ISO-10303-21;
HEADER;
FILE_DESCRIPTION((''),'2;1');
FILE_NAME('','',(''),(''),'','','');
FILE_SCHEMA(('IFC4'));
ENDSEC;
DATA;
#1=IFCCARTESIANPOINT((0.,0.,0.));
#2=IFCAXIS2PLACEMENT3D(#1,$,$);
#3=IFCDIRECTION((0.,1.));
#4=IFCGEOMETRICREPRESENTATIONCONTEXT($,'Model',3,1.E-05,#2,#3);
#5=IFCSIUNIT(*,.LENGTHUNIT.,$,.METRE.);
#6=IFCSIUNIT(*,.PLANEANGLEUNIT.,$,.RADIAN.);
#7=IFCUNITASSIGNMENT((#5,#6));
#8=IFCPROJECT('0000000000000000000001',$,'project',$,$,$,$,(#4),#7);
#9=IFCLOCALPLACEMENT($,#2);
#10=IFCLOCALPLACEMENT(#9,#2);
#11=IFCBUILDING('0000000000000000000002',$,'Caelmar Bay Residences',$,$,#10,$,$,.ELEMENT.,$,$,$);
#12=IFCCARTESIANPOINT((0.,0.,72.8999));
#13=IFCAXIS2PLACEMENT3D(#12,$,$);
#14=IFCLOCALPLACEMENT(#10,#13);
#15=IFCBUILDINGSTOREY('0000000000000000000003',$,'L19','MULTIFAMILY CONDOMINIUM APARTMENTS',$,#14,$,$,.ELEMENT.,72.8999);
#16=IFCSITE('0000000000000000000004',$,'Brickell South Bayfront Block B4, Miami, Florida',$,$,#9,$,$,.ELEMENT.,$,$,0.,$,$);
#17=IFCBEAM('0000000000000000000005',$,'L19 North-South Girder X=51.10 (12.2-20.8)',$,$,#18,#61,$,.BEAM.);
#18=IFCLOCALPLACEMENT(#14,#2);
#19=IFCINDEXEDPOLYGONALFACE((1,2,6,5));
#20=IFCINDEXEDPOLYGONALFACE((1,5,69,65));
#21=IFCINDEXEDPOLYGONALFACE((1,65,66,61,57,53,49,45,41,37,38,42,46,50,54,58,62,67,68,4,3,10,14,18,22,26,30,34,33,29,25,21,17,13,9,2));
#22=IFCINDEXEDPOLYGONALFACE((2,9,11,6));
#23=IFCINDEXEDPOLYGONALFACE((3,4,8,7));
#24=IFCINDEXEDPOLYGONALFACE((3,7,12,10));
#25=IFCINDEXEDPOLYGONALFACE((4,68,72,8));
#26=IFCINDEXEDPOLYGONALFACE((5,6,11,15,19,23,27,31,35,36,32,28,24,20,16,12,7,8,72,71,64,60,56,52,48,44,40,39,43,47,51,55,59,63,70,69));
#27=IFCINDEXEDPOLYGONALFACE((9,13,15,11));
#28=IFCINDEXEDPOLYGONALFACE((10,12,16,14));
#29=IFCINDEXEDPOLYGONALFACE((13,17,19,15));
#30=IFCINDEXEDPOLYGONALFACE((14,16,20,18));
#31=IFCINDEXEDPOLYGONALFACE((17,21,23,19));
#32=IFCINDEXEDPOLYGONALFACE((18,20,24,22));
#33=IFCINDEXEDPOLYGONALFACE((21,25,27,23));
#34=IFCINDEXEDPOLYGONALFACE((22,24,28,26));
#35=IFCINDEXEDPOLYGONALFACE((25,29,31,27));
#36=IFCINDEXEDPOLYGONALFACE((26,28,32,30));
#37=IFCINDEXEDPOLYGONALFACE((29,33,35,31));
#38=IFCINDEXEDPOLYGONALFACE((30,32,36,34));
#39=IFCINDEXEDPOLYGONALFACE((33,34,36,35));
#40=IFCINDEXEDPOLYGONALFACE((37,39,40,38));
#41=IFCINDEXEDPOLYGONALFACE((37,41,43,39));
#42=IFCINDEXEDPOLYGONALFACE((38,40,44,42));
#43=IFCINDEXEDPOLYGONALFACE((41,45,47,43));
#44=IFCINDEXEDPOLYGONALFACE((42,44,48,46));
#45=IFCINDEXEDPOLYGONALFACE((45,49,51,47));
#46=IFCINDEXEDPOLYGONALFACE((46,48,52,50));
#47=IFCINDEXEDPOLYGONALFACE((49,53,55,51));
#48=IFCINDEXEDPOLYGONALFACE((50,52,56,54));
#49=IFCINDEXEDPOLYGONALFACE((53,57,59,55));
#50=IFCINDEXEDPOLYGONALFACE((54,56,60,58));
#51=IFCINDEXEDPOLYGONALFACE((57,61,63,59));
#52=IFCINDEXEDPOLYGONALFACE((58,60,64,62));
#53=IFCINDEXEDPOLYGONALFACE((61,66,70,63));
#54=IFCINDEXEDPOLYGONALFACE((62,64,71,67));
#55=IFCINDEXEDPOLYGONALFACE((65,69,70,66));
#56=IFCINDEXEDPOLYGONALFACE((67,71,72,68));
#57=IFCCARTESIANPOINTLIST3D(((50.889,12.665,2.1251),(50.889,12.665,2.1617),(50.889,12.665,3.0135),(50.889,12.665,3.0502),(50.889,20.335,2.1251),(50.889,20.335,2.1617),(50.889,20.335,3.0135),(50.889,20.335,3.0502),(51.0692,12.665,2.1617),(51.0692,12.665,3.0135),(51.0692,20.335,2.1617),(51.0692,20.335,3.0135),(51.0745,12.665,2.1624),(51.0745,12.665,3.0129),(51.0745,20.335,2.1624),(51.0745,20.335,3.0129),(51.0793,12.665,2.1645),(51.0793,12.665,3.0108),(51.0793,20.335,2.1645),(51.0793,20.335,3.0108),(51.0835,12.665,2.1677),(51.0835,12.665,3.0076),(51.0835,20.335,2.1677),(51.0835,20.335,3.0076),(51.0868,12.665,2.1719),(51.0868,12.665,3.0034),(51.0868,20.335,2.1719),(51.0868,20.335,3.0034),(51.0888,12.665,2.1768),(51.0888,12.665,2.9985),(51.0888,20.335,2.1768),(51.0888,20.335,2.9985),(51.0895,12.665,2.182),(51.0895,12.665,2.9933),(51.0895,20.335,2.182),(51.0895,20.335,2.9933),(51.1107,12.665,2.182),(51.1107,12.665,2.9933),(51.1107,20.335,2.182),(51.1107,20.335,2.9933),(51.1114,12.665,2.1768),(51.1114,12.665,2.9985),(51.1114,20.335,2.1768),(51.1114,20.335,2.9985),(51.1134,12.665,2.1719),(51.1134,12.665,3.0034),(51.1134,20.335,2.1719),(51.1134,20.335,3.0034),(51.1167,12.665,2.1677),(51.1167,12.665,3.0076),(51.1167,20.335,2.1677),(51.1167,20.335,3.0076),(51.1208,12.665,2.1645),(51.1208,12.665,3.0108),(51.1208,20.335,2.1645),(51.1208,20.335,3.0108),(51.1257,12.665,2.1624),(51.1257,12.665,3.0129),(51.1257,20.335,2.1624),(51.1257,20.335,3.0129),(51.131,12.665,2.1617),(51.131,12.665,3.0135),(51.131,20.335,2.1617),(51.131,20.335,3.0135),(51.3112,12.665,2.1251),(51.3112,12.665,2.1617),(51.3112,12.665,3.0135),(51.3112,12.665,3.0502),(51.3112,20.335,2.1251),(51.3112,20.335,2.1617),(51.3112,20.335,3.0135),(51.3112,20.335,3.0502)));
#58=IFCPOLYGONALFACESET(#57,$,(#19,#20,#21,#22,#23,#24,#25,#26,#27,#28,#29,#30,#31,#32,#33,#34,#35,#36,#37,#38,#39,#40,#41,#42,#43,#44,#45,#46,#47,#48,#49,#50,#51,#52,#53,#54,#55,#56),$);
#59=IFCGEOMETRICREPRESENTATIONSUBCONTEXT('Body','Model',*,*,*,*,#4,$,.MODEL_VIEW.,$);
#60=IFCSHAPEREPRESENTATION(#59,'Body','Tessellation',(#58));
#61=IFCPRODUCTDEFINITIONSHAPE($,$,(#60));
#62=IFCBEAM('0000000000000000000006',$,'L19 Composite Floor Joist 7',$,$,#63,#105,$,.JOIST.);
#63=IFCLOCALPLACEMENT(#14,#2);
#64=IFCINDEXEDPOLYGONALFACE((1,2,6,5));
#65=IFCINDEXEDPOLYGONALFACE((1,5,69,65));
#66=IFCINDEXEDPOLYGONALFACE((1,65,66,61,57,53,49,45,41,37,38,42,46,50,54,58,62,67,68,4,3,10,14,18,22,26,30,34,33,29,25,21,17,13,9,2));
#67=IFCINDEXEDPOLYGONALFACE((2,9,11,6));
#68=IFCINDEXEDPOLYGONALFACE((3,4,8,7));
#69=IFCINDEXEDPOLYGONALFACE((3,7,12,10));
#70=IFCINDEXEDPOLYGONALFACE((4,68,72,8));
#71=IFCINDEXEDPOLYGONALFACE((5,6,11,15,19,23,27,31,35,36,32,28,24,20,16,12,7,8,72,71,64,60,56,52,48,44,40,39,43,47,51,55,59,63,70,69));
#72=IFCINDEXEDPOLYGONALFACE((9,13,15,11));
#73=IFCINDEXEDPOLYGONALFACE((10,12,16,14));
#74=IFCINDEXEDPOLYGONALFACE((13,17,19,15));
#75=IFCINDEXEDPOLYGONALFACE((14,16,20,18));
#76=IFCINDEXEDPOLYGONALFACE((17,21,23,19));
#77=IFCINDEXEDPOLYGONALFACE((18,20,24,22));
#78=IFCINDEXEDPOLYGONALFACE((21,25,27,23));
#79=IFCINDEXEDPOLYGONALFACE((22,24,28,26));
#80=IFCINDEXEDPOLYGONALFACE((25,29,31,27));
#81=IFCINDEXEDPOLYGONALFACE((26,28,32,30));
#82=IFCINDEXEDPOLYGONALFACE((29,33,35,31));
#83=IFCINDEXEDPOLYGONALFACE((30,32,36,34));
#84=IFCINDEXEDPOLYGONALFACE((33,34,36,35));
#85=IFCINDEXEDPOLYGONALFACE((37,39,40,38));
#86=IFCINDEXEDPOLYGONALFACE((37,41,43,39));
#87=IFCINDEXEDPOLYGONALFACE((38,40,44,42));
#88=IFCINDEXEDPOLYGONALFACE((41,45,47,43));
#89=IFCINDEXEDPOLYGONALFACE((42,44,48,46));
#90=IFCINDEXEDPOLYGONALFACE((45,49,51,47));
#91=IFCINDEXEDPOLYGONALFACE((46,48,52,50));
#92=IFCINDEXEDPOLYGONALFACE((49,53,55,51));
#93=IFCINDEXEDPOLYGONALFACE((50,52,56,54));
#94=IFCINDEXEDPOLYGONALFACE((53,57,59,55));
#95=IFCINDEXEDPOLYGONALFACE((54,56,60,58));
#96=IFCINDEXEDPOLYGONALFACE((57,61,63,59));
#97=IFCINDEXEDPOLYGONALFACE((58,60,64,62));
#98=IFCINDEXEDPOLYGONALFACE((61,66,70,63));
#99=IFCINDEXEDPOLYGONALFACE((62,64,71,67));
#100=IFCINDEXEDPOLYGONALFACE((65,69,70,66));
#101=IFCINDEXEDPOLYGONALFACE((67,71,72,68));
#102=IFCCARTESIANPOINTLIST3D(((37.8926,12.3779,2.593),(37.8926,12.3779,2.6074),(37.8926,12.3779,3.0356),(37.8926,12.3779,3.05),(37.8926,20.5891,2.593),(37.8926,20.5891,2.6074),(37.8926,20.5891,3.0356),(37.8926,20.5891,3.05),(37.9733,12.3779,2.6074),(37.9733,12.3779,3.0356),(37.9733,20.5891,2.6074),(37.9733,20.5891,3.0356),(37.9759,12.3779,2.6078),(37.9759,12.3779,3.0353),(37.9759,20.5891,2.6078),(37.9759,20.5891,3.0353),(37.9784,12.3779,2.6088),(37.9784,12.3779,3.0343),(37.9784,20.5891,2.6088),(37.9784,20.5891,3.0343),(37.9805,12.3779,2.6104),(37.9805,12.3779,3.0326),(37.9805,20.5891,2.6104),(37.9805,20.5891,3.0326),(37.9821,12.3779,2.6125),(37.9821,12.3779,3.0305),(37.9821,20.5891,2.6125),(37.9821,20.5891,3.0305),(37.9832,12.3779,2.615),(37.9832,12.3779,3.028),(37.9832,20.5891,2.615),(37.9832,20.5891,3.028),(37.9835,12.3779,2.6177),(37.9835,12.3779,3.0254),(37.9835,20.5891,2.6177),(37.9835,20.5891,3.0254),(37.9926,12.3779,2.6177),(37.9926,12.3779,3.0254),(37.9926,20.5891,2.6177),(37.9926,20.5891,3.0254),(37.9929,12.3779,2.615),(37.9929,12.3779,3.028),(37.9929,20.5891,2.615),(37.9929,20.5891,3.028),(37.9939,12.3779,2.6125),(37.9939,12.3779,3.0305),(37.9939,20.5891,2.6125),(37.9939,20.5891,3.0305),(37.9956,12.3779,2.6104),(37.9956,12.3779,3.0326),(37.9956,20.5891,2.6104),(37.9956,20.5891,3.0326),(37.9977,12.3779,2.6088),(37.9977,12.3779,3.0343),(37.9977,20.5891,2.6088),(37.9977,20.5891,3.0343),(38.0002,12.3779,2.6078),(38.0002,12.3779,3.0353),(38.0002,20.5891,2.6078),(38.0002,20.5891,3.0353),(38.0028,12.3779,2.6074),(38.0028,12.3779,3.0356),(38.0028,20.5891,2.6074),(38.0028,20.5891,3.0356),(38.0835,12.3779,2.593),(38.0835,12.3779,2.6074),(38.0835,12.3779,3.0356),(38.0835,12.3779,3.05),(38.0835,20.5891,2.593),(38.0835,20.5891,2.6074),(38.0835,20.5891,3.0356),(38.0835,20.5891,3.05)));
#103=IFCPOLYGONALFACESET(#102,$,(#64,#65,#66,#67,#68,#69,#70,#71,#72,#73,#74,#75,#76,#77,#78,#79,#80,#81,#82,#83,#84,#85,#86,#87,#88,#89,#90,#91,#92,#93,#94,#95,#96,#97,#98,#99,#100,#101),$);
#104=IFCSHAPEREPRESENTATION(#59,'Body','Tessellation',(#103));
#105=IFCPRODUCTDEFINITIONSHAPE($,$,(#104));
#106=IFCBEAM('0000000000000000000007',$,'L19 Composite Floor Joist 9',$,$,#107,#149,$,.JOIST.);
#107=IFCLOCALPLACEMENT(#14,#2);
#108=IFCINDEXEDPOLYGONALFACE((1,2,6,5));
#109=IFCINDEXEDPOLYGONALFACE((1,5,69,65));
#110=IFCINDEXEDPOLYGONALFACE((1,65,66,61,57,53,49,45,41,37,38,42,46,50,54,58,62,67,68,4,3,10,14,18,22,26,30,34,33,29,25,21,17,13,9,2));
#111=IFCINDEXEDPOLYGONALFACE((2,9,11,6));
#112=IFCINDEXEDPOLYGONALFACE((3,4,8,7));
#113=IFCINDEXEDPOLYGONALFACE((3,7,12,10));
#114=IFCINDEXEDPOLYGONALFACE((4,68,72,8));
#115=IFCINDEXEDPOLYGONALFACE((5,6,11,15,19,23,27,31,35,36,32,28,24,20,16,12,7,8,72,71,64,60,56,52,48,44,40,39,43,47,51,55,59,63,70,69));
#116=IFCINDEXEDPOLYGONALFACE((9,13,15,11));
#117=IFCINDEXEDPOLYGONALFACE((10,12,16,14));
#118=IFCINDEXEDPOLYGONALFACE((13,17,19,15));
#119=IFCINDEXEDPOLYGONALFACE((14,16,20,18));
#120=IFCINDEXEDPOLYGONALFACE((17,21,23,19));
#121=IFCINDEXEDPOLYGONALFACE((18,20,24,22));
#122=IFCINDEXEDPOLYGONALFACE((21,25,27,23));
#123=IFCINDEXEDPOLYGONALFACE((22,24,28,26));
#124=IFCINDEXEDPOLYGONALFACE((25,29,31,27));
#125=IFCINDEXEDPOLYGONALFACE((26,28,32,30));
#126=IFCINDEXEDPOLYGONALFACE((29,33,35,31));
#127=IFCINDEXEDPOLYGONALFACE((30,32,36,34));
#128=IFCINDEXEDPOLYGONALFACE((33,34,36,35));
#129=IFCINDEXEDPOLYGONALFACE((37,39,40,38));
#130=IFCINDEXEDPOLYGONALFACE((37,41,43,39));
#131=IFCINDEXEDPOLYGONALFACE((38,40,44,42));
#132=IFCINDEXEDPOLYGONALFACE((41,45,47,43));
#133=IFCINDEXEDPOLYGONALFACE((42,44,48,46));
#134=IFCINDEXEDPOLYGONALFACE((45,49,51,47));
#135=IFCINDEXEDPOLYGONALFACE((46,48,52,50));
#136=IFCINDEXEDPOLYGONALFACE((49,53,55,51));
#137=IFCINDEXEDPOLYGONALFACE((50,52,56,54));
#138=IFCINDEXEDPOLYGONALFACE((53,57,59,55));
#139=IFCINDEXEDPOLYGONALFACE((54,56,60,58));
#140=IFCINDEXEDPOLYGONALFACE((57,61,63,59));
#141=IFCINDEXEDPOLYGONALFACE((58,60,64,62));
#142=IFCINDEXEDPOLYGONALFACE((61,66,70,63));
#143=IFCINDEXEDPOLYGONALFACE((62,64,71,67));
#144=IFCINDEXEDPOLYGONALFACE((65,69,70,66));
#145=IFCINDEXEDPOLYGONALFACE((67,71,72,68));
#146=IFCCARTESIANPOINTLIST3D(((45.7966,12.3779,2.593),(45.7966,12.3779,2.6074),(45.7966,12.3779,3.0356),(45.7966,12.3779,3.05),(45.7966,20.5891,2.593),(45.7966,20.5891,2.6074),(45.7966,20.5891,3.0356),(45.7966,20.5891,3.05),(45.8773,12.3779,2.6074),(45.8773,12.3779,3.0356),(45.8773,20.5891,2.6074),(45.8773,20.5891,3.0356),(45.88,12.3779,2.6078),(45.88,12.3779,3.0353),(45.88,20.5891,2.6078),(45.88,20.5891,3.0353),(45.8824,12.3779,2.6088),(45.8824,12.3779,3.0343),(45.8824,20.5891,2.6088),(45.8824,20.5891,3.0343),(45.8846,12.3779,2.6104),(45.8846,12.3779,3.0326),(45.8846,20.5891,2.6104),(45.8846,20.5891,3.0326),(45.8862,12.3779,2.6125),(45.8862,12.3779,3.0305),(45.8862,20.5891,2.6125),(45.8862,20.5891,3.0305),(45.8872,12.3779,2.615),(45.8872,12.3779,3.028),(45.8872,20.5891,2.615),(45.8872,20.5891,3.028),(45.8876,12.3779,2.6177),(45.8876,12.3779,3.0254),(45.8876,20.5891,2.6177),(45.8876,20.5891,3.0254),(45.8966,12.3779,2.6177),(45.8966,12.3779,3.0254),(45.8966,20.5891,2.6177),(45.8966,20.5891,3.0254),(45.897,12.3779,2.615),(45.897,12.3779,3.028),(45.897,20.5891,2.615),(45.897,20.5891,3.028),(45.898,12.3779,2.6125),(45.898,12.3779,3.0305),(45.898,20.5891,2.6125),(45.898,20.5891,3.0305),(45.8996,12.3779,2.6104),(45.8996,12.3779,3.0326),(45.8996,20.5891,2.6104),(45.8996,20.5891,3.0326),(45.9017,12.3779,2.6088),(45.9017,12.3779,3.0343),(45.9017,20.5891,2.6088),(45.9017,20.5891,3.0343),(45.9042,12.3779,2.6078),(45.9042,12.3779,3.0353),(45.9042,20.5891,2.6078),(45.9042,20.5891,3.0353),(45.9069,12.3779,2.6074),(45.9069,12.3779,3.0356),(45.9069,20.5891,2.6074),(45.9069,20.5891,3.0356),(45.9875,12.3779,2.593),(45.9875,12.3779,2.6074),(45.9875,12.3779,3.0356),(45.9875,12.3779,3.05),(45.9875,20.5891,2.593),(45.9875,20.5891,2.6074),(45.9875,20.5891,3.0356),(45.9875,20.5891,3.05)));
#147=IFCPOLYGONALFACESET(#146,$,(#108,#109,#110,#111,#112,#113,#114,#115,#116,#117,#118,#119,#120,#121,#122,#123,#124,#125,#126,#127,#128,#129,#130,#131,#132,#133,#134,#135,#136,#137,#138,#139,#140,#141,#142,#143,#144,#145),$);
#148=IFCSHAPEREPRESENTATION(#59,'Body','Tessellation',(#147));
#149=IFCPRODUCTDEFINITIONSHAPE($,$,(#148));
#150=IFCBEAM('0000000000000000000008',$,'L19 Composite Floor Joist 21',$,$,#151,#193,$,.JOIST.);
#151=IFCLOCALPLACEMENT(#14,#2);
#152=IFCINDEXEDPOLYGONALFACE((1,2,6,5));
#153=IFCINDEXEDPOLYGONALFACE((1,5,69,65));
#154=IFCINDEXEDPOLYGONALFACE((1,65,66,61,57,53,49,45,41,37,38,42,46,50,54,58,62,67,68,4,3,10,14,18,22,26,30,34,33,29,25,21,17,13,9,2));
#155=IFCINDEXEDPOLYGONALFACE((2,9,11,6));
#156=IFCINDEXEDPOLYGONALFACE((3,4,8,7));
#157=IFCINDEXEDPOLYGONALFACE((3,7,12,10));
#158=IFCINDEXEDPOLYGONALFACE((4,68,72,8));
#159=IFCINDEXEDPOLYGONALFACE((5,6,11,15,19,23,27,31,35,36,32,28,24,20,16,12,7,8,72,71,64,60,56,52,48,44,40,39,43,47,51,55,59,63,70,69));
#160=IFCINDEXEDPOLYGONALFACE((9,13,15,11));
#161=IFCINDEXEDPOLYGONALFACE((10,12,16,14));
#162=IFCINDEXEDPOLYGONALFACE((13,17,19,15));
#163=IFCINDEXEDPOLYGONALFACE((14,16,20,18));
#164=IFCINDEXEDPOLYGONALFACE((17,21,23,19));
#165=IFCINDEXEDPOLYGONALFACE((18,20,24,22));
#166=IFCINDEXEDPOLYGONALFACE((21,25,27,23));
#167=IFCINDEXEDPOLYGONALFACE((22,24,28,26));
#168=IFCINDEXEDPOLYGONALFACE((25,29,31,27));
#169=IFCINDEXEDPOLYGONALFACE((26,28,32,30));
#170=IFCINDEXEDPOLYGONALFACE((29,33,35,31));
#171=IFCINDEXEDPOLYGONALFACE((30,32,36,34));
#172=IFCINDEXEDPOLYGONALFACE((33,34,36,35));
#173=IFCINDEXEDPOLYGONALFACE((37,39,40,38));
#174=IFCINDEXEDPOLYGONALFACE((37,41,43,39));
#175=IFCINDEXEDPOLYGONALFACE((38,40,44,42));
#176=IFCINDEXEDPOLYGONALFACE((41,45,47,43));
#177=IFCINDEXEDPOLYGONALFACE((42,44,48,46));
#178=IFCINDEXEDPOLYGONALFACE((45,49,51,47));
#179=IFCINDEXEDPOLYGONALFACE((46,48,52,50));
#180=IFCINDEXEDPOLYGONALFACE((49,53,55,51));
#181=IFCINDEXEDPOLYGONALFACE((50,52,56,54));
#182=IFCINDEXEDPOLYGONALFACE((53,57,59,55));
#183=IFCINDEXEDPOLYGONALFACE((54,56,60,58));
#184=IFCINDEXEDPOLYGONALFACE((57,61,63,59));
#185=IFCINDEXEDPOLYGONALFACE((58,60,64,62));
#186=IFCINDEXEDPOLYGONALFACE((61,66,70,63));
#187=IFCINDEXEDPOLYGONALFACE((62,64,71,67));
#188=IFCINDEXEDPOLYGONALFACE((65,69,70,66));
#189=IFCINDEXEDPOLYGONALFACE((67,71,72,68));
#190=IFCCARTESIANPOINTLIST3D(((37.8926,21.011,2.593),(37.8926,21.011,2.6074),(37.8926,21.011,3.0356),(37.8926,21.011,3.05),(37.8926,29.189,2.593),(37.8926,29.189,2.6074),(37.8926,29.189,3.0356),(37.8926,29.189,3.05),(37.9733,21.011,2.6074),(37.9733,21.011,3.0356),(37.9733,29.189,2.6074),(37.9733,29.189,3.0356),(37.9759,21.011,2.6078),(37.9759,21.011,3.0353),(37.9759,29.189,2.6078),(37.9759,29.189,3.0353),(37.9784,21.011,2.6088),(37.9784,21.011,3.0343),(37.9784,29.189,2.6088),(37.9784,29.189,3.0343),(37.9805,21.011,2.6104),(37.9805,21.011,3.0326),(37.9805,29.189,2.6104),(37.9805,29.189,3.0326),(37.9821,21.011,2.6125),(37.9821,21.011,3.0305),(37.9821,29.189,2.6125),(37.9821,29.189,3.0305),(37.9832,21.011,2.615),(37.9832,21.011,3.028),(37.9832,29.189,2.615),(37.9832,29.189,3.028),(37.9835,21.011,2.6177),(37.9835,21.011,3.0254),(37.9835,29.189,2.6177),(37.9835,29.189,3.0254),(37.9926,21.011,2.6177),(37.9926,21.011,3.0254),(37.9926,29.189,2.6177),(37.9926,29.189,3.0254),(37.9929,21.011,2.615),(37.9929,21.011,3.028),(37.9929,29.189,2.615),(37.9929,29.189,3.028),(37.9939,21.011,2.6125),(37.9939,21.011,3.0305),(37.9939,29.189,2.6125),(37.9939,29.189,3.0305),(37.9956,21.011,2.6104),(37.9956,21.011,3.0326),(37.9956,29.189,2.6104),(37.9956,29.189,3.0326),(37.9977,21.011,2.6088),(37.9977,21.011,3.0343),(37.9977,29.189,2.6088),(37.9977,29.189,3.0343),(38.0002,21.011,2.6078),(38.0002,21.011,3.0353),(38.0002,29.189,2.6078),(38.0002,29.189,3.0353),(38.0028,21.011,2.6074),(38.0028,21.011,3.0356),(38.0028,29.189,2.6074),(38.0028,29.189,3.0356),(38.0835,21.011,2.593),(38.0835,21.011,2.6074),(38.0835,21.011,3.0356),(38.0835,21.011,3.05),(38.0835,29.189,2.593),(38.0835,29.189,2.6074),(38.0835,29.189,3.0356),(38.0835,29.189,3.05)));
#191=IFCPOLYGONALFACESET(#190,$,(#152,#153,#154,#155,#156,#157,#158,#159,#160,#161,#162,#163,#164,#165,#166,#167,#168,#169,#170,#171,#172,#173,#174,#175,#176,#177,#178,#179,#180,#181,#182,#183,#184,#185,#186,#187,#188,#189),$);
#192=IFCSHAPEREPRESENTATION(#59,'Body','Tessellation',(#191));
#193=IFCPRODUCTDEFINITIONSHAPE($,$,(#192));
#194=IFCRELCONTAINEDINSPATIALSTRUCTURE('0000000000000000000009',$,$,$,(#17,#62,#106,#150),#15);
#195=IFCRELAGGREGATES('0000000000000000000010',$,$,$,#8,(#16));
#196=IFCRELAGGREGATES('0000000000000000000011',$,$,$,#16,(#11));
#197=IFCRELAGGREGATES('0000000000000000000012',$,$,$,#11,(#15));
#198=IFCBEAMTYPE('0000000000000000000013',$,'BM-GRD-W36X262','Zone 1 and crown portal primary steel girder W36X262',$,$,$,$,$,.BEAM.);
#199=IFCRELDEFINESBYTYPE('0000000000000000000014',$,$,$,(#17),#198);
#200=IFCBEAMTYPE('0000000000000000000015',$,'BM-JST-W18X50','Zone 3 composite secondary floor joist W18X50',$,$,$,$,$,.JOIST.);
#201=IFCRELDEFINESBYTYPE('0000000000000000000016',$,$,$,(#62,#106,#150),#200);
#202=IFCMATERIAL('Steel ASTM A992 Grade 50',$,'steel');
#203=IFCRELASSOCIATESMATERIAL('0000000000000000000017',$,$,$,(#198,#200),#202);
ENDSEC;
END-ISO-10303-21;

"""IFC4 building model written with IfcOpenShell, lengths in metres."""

from ifc_helpers import new_model, si_unit, direction, frame, origin, origin_2d, place, context, subcontext, project, spatial, i_section, extrude, material, material_profile, profile_set, type_object, element, save


model = new_model("IFC4")

# Units and contexts
model_context = context("Model", 3, precision=1e-05, world=origin(), true_north=direction((0.0, 1.0)))
body_context = subcontext(model_context, "Body", "Model", "MODEL_VIEW")
ifc_project = project(units=[si_unit("LENGTHUNIT", "METRE"), si_unit("PLANEANGLEUNIT", "RADIAN")], contexts=[model_context])

# Site, building, storey
site_placement = place(None, origin())
site = spatial("IfcSite", under=ifc_project, at=site_placement, Name="Brickell South Bayfront Block B4, Miami, Florida", CompositionType="ELEMENT", RefElevation=0.0)
building_placement = place(site_placement, origin())
building = spatial("IfcBuilding", under=site, at=building_placement, Name="Caelmar Bay Residences", CompositionType="ELEMENT")
storey_placement = place(building_placement, frame((0.0, 0.0, 72.8999)))
storey = spatial("IfcBuildingStorey", under=building, at=storey_placement, Name="L19", Description="MULTIFAMILY CONDOMINIUM APARTMENTS", CompositionType="ELEMENT", Elevation=72.8999)

# Beams
ifc_material_1 = material(Name="Steel ASTM A992 Grade 50", Category="steel")
ifc_material_profile_1 = material_profile(ifc_material_1, i_section(OverallWidth=0.4221, OverallDepth=0.925, WebThickness=0.0212, FlangeThickness=0.0366, FilletRadius=0.0203, at=origin_2d()), Name="W36X262")
ifc_profile_set_1 = profile_set([ifc_material_profile_1], Name="Steel ASTM A992 Grade 50")
beam_type_1 = type_object("IfcBeamType", Name="BM-GRD-W36X262", Description="Zone 1 and crown portal primary steel girder W36X262", PredefinedType="BEAM", material=ifc_profile_set_1)
for number, where, z_axis, x_axis, name in (
    (1, (51.1001, 12.665, 2.5876), (0.0, 1.0, 0.0), (-1.0, 0.0, 0.0), "L19 North-South Girder X=51.10 (12.2-20.8)"),
):
    element("IfcBeam", number, at=place(storey_placement, frame(where, z_axis=z_axis, x_axis=x_axis)), inside=storey, type_object=beam_type_1, Name=name, PredefinedType="BEAM", context=body_context, shape_type="SweptSolid", body=[
        extrude(i_section(OverallWidth=0.4221, OverallDepth=0.925, WebThickness=0.0212, FlangeThickness=0.0366, FilletRadius=0.0203, at=origin_2d()), origin(), (0.0, 0.0, 1.0), 7.6699),
    ])
ifc_material_profile_2 = material_profile(ifc_material_1, i_section(OverallWidth=0.1909, OverallDepth=0.457, WebThickness=0.009, FlangeThickness=0.0144, FilletRadius=0.0103, at=origin_2d()), Name="W18X50")
ifc_profile_set_2 = profile_set([ifc_material_profile_2], Name="Steel ASTM A992 Grade 50")
beam_type_2 = type_object("IfcBeamType", Name="BM-JST-W18X50", Description="Zone 3 composite secondary floor joist W18X50", PredefinedType="JOIST", material=ifc_profile_set_2)
for number, where, z_axis, x_axis, name in (
    (2, (37.988, 12.3779, 2.8215), (0.0, 1.0, 0.0), (-1.0, 0.0, 0.0), "L19 Composite Floor Joist 7"),
    (3, (45.8921, 12.3779, 2.8215), (0.0, 1.0, 0.0), (-1.0, 0.0, 0.0), "L19 Composite Floor Joist 9"),
):
    element("IfcBeam", number, at=place(storey_placement, frame(where, z_axis=z_axis, x_axis=x_axis)), inside=storey, type_object=beam_type_2, Name=name, PredefinedType="JOIST", context=body_context, shape_type="SweptSolid", body=[
        extrude(i_section(OverallWidth=0.1909, OverallDepth=0.457, WebThickness=0.009, FlangeThickness=0.0144, FilletRadius=0.0103, at=origin_2d()), origin(), (0.0, 0.0, 1.0), 8.2112),
    ])
for number, where, z_axis, x_axis, name in (
    (4, (37.988, 21.011, 2.8215), (0.0, 1.0, 0.0), (-1.0, 0.0, 0.0), "L19 Composite Floor Joist 21"),
):
    element("IfcBeam", number, at=place(storey_placement, frame(where, z_axis=z_axis, x_axis=x_axis)), inside=storey, type_object=beam_type_2, Name=name, PredefinedType="JOIST", context=body_context, shape_type="SweptSolid", body=[
        extrude(i_section(OverallWidth=0.1909, OverallDepth=0.457, WebThickness=0.009, FlangeThickness=0.0144, FilletRadius=0.0103, at=origin_2d()), origin(), (0.0, 0.0, 1.0), 8.178),
    ])

save(model, "model.ifc")
